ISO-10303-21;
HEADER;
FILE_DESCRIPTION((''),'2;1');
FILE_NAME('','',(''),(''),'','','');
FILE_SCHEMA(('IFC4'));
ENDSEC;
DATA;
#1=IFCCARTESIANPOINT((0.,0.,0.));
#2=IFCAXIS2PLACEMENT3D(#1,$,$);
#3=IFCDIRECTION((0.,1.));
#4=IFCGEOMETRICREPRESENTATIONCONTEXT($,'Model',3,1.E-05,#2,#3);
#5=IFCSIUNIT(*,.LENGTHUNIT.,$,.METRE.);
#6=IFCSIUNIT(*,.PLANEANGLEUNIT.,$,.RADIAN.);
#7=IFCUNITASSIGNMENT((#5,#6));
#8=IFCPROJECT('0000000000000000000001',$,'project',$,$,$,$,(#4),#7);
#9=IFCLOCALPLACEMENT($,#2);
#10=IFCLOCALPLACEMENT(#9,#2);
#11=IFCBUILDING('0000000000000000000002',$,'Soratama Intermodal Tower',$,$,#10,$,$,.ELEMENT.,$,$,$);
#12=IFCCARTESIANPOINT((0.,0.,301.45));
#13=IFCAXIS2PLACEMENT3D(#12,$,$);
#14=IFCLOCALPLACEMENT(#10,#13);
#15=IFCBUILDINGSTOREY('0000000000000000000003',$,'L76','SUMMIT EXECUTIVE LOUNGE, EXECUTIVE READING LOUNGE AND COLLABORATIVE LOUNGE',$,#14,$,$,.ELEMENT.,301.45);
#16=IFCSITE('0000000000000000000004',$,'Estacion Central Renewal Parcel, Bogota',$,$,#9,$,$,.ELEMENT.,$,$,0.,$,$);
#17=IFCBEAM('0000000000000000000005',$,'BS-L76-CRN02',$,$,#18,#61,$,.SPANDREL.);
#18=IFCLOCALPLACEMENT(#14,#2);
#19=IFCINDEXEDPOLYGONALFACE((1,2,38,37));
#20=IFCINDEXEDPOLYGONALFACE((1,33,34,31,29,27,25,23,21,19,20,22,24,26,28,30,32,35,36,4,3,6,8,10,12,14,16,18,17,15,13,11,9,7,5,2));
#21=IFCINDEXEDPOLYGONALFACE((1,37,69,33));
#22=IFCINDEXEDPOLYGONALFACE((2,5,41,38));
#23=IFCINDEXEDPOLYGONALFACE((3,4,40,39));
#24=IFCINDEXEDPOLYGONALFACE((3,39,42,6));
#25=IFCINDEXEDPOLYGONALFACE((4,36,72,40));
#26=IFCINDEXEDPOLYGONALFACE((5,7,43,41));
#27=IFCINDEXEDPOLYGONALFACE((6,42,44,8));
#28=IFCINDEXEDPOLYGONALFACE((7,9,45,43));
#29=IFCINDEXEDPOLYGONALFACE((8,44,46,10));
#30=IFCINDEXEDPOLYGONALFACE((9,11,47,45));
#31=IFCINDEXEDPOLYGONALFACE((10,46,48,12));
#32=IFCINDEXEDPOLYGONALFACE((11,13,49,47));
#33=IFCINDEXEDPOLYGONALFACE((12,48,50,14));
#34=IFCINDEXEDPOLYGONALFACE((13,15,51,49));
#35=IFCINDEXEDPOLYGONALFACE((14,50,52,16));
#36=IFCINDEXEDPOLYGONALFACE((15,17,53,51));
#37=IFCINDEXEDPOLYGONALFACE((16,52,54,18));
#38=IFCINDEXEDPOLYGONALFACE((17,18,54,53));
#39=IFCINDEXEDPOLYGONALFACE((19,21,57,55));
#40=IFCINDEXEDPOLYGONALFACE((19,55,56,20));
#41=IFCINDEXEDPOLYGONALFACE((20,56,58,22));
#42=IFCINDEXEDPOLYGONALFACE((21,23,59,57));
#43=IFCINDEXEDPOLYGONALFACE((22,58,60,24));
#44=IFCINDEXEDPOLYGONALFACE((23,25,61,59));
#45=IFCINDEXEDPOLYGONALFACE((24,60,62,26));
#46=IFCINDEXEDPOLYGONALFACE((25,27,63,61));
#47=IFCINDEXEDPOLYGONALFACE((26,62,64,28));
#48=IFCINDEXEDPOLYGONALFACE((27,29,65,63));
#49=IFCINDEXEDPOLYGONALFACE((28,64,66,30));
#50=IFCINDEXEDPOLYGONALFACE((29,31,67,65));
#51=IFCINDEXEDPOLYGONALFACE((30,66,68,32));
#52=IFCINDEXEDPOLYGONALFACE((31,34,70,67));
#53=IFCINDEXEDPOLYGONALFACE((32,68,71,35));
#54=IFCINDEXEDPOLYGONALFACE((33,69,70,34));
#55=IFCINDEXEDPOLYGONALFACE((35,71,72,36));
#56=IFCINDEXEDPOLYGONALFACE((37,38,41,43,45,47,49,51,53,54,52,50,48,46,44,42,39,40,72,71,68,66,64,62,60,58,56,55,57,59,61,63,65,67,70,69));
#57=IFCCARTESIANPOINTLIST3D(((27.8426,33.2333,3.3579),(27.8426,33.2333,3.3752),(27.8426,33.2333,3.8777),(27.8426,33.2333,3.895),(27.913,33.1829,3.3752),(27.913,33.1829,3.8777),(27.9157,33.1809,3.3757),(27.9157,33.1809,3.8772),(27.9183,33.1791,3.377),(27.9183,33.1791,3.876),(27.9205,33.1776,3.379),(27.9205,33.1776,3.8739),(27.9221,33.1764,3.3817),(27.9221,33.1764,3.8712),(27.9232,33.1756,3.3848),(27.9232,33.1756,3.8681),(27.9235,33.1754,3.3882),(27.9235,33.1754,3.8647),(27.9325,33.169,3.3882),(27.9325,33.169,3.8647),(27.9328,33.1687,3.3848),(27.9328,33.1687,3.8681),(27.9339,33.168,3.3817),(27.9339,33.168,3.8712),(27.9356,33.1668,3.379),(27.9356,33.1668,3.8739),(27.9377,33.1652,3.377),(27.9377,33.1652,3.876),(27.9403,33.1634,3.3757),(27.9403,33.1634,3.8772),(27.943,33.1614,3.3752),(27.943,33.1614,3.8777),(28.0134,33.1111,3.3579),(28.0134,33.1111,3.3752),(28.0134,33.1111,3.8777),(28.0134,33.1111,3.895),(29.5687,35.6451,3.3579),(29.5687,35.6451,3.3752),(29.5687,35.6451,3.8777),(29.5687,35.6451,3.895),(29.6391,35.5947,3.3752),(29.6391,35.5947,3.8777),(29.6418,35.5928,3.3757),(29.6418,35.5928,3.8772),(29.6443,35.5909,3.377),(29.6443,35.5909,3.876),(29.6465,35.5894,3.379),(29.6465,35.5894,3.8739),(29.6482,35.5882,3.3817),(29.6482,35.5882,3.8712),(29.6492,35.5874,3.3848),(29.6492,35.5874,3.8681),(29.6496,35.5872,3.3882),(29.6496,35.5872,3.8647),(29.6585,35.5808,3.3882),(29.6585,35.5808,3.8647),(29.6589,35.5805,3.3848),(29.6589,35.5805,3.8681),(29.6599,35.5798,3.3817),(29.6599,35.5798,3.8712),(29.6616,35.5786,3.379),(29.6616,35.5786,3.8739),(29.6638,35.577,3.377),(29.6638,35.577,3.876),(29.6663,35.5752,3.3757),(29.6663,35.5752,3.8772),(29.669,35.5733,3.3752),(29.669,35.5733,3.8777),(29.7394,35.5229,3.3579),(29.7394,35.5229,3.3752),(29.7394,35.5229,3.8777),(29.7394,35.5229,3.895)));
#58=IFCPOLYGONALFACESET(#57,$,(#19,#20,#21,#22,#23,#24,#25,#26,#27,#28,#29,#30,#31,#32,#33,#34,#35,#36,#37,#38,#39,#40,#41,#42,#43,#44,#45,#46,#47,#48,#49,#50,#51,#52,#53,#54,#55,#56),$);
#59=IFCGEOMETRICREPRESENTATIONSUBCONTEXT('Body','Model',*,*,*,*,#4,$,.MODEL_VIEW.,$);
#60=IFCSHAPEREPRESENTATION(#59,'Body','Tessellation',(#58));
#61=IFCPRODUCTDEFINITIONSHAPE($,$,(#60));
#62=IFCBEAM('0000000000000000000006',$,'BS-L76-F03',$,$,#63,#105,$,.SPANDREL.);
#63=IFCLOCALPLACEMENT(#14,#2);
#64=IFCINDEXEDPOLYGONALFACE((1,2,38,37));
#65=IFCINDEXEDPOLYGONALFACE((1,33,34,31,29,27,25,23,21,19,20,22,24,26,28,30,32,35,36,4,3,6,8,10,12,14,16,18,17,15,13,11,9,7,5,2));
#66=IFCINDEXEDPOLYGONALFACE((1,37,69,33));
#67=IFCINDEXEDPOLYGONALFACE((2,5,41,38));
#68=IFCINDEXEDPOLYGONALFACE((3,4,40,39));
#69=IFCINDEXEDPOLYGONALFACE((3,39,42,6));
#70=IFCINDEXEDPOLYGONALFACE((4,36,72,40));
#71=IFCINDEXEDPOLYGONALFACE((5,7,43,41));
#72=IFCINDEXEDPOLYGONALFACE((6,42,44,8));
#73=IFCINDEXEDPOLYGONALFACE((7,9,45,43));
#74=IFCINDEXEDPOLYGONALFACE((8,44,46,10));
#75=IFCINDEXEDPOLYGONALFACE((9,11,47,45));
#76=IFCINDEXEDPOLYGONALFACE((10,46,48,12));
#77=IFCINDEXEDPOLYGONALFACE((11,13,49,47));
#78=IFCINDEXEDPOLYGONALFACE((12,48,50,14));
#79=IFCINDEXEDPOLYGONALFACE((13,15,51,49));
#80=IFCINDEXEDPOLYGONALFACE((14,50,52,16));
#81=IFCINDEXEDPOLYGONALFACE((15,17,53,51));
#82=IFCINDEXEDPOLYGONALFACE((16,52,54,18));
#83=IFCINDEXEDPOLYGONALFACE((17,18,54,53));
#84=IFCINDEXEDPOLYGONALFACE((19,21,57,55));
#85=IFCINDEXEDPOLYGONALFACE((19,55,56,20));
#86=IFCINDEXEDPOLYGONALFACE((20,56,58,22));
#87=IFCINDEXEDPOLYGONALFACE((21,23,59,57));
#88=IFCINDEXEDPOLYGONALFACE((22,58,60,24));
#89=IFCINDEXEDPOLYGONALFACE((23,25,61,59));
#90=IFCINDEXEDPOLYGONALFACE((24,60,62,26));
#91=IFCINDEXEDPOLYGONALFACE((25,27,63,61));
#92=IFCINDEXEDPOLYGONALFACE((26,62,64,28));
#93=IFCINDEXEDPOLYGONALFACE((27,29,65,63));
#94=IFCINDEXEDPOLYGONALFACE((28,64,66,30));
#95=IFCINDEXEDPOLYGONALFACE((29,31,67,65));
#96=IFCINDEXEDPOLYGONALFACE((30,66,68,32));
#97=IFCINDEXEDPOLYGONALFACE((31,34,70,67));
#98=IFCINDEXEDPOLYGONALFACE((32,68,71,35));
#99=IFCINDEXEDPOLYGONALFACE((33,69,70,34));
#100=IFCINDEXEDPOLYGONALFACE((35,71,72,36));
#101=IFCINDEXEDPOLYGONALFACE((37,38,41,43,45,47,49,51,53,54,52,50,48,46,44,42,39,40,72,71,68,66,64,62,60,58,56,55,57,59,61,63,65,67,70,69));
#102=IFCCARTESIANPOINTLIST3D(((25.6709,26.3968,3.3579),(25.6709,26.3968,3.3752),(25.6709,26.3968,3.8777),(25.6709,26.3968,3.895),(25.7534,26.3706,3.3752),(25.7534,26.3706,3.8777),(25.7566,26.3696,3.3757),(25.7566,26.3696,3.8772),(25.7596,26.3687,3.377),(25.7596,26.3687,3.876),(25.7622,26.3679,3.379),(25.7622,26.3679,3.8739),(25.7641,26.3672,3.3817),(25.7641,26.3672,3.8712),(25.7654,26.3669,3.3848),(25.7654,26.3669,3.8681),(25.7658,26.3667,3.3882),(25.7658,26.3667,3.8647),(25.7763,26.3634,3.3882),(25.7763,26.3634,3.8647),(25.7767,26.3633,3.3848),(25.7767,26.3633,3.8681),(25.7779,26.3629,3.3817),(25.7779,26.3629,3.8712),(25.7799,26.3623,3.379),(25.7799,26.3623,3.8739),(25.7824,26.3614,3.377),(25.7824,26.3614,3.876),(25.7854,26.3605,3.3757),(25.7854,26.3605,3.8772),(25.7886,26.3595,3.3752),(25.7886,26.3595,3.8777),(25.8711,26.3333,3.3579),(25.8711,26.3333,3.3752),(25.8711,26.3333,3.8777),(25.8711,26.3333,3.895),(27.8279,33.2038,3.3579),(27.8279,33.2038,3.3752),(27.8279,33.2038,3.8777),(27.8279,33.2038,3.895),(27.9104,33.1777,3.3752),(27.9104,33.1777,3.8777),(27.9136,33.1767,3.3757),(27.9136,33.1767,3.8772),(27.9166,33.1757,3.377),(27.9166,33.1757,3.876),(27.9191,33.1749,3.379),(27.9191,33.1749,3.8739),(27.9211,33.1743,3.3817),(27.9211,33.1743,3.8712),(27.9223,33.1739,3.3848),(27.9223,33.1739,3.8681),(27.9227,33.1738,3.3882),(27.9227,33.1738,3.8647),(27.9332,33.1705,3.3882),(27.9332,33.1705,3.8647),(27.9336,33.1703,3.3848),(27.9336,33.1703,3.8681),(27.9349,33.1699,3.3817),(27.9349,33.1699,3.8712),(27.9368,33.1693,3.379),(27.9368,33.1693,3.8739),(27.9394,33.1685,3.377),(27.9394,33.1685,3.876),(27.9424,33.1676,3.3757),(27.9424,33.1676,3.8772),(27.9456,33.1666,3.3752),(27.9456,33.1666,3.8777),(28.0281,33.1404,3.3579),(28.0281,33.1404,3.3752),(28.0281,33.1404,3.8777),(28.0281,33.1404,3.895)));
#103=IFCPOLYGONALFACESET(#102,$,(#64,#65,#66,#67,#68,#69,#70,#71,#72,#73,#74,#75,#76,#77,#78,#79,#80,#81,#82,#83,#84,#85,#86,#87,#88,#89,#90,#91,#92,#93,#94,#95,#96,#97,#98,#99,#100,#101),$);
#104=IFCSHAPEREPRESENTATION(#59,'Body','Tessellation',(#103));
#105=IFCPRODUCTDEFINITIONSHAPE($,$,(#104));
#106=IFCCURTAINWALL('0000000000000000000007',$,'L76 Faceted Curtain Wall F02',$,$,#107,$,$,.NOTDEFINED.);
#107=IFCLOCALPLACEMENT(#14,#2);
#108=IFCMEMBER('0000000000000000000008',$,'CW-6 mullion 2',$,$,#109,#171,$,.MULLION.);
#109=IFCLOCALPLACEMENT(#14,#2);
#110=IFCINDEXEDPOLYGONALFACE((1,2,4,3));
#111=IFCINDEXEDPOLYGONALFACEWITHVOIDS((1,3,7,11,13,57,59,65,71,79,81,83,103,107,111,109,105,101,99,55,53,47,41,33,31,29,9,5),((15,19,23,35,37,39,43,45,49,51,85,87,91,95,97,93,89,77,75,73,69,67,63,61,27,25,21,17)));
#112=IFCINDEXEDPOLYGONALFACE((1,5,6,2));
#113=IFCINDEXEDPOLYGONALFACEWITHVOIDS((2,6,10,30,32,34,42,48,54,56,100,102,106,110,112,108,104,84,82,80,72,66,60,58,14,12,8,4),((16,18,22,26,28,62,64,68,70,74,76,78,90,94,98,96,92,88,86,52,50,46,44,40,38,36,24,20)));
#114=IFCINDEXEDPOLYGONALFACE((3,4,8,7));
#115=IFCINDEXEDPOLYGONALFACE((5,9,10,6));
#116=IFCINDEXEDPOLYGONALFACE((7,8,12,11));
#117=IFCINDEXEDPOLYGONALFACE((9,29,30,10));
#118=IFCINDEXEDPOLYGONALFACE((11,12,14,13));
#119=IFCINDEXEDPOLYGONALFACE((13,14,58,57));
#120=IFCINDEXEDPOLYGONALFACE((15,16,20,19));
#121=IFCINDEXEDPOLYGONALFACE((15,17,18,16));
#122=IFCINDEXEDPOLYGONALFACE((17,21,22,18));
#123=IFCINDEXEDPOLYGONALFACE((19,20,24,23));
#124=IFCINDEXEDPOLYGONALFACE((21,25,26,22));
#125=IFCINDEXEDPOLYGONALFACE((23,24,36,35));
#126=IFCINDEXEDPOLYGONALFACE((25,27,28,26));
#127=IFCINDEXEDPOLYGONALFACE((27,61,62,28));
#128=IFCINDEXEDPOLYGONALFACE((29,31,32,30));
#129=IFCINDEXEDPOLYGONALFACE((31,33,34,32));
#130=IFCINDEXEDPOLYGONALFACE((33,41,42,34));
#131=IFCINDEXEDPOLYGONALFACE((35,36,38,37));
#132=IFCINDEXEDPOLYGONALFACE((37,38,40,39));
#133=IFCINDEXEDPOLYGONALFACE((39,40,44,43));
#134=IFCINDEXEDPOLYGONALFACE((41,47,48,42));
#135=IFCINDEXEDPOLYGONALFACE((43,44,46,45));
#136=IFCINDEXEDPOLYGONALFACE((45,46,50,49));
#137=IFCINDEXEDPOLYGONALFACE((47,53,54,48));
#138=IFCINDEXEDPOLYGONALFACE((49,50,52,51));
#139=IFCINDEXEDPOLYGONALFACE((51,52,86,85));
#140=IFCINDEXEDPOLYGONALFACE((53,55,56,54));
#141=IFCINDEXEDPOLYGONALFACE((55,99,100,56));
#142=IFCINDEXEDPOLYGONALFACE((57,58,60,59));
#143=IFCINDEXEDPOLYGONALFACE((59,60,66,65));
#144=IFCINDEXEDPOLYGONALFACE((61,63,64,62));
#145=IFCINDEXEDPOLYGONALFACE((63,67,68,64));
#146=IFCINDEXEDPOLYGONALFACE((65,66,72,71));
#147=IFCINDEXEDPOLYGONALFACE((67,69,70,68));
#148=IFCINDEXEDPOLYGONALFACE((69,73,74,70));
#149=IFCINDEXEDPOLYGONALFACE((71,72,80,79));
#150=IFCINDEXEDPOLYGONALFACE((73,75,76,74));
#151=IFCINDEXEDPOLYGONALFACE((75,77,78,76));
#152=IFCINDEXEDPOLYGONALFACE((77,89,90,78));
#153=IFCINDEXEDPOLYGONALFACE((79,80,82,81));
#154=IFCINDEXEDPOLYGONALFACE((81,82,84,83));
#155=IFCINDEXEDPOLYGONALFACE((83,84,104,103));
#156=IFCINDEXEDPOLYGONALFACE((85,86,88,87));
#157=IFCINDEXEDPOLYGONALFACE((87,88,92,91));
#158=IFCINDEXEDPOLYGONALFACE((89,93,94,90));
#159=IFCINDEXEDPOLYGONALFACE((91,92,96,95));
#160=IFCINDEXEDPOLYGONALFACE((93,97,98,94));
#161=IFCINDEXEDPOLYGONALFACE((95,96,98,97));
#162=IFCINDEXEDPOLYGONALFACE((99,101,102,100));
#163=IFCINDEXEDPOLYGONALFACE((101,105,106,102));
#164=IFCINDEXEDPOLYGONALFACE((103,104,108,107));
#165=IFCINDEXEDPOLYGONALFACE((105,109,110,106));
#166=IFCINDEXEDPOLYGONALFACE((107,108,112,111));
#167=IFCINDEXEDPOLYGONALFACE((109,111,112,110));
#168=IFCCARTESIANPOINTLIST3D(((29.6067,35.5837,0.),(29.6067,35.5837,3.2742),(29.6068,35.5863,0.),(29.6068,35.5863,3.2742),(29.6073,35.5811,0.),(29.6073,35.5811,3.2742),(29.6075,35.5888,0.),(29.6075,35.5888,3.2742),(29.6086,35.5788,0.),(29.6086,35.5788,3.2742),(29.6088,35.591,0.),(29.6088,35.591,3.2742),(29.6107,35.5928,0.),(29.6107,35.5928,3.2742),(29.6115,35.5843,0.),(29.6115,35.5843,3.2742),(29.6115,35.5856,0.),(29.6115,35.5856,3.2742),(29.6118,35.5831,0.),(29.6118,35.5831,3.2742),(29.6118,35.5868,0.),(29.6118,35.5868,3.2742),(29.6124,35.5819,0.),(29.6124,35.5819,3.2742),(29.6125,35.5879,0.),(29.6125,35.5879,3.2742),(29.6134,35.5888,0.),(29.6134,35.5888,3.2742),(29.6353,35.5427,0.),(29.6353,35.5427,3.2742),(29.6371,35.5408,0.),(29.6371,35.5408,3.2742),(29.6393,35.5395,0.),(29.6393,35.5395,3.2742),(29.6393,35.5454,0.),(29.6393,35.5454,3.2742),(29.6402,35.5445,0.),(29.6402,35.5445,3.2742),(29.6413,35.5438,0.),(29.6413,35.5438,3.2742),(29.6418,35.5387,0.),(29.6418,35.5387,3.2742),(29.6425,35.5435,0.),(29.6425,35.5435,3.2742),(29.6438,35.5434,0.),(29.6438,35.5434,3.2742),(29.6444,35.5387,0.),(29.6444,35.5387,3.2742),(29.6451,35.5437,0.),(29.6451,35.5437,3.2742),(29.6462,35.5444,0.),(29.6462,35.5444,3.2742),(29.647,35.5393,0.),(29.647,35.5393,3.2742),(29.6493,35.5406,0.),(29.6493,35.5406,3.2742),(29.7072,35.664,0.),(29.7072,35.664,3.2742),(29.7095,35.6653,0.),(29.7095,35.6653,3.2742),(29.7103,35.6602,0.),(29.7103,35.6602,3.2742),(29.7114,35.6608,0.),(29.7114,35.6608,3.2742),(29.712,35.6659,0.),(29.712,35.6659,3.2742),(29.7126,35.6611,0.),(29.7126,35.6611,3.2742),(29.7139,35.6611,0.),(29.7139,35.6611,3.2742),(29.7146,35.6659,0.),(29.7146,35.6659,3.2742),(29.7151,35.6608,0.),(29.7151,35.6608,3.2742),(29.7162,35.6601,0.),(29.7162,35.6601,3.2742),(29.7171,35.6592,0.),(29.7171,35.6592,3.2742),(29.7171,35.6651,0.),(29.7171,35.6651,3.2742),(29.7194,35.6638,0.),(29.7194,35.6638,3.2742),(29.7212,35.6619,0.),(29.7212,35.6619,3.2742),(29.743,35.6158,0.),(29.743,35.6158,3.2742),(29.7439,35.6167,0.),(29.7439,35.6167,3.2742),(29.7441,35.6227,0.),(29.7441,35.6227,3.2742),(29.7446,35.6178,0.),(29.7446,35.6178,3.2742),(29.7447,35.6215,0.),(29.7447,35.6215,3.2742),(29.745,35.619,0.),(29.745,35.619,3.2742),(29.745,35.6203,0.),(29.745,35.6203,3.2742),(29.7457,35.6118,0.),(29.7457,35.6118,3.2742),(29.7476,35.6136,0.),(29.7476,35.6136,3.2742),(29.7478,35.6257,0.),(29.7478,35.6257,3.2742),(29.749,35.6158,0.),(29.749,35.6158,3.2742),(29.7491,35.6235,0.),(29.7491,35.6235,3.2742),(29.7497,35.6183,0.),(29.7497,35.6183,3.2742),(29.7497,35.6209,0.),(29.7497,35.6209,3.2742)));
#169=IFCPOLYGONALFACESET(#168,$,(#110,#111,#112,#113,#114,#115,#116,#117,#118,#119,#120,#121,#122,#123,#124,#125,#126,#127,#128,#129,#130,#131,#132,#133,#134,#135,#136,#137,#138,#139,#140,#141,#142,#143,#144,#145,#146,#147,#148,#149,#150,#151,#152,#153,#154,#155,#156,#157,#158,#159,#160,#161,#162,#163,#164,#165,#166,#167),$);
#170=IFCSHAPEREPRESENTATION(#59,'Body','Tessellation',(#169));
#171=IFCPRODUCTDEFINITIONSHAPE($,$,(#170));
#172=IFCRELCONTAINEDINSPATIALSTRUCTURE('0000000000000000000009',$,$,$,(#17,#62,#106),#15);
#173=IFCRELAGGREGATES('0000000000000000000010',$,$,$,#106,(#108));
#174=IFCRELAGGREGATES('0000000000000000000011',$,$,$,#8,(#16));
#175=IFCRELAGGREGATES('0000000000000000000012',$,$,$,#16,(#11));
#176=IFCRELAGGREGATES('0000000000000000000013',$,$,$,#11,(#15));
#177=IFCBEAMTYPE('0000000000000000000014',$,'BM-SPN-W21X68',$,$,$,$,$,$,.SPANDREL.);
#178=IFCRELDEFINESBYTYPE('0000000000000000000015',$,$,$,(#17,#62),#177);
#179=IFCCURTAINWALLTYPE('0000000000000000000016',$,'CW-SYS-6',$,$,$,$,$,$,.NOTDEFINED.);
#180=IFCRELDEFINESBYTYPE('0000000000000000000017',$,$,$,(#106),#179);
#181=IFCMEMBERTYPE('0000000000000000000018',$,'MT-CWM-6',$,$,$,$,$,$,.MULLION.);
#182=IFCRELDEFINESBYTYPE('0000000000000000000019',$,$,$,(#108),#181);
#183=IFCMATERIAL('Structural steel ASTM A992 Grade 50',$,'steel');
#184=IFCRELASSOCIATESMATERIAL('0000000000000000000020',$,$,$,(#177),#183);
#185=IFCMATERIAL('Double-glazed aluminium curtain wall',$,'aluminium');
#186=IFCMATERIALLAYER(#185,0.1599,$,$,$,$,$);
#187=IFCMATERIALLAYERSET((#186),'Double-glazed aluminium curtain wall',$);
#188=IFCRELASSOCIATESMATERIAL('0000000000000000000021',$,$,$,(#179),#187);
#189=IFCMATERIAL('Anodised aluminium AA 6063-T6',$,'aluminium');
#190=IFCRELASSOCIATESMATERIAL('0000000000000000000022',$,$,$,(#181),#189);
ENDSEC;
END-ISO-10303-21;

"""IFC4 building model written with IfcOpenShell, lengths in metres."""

from ifc_helpers import new_model, si_unit, direction, frame, origin, origin_2d, place, context, subcontext, project, spatial, hollow_rectangle, i_section, extrude, material, layer, layer_set, material_profile, profile_set, type_object, element, aggregate, save


model = new_model("IFC4")

# Units and contexts
model_context = context("Model", 3, precision=1e-05, world=origin(), true_north=direction((0.0, 1.0)))
body_context = subcontext(model_context, "Body", "Model", "MODEL_VIEW")
ifc_project = project(units=[si_unit("LENGTHUNIT", "METRE"), si_unit("PLANEANGLEUNIT", "RADIAN")], contexts=[model_context])

# Site, building, storey
site_placement = place(None, origin())
site = spatial("IfcSite", under=ifc_project, at=site_placement, Name="Estacion Central Renewal Parcel, Bogota", CompositionType="ELEMENT", RefElevation=0.0)
building_placement = place(site_placement, origin())
building = spatial("IfcBuilding", under=site, at=building_placement, Name="Soratama Intermodal Tower", CompositionType="ELEMENT")
storey_placement = place(building_placement, frame((0.0, 0.0, 301.45)))
storey = spatial("IfcBuildingStorey", under=building, at=storey_placement, Name="L76", Description="SUMMIT EXECUTIVE LOUNGE, EXECUTIVE READING LOUNGE AND COLLABORATIVE LOUNGE", CompositionType="ELEMENT", Elevation=301.45)

# Beams
ifc_material_1 = material(Name="Structural steel ASTM A992 Grade 50", Category="steel")
ifc_material_profile_1 = material_profile(ifc_material_1, i_section(OverallWidth=0.21, OverallDepth=0.5371, WebThickness=0.011, FlangeThickness=0.0173, FilletRadius=0.0129, at=origin_2d()), Name="W21X68")
ifc_profile_set_1 = profile_set([ifc_material_profile_1], Name="Structural steel ASTM A992 Grade 50")
beam_type_1 = type_object("IfcBeamType", Name="BM-SPN-W21X68", PredefinedType="SPANDREL", material=ifc_profile_set_1)
beam_1_placement = place(storey_placement, frame((29.6541, 35.584, 3.6265), z_axis=(-0.581978, -0.813205, 0.0), x_axis=(0.813205, -0.581978, 0.0)))
element("IfcBeam", 1, at=beam_1_placement, inside=storey, type_object=beam_type_1, Name="BS-L76-CRN02", PredefinedType="SPANDREL", context=body_context, shape_type="SweptSolid", body=[
    extrude(i_section(OverallWidth=0.21, OverallDepth=0.5371, WebThickness=0.011, FlangeThickness=0.0173, FilletRadius=0.0129, at=origin_2d()), origin(), (0.0, 0.0, 1.0), 2.9658),
])
beam_2_placement = place(storey_placement, frame((27.928, 33.1721, 3.6265), z_axis=(-0.302069, -0.953286, 0.0), x_axis=(0.953286, -0.302069, 0.0)))
element("IfcBeam", 2, at=beam_2_placement, inside=storey, type_object=beam_type_1, Name="BS-L76-F03", PredefinedType="SPANDREL", context=body_context, shape_type="SweptSolid", body=[
    extrude(i_section(OverallWidth=0.21, OverallDepth=0.5371, WebThickness=0.011, FlangeThickness=0.0173, FilletRadius=0.0129, at=origin_2d()), origin(), (0.0, 0.0, 1.0), 7.1406),
])

# Curtain wall, member
ifc_material_2 = material(Name="Double-glazed aluminium curtain wall", Category="aluminium")
ifc_layer_1 = layer(ifc_material_2, 0.1599)
ifc_layer_set_1 = layer_set([ifc_layer_1], Name="Double-glazed aluminium curtain wall")
curtain_wall_type = type_object("IfcCurtainWallType", Name="CW-SYS-6", PredefinedType="NOTDEFINED", material=ifc_layer_set_1)
curtain_wall_1_placement = place(storey_placement, origin())
curtain_wall_1 = element("IfcCurtainWall", 3, at=curtain_wall_1_placement, inside=storey, type_object=curtain_wall_type, Name="L76 Faceted Curtain Wall F02", PredefinedType="NOTDEFINED")
ifc_material_3 = material(Name="Anodised aluminium AA 6063-T6", Category="aluminium")
ifc_material_profile_2 = material_profile(ifc_material_3, hollow_rectangle(XDim=0.0649, YDim=0.1399, WallThickness=0.0049, InnerFilletRadius=0.0049, OuterFilletRadius=0.01, at=origin_2d()), Name="CWM140X65X5")
ifc_profile_set_2 = profile_set([ifc_material_profile_2], Name="Anodised aluminium AA 6063-T6")
member_type_1 = type_object("IfcMemberType", Name="MT-CWM-6", PredefinedType="MULLION", material=ifc_profile_set_2)
member_1_placement = place(storey_placement, frame((29.6782, 35.6023, 0.0), z_axis=(0.0, 0.0, 1.0), x_axis=(0.593705, -0.804683, 0.0)))
member_1 = element("IfcMember", 4, at=member_1_placement, type_object=member_type_1, Name="CW-6 mullion 2", PredefinedType="MULLION", context=body_context, shape_type="SweptSolid", body=[
    extrude(hollow_rectangle(XDim=0.0649, YDim=0.1399, WallThickness=0.0049, InnerFilletRadius=0.0049, OuterFilletRadius=0.01, at=origin_2d()), origin(), (0.0, 0.0, 1.0), 3.2742),
])

aggregate(curtain_wall_1, [member_1])

save(model, "model.ifc")
